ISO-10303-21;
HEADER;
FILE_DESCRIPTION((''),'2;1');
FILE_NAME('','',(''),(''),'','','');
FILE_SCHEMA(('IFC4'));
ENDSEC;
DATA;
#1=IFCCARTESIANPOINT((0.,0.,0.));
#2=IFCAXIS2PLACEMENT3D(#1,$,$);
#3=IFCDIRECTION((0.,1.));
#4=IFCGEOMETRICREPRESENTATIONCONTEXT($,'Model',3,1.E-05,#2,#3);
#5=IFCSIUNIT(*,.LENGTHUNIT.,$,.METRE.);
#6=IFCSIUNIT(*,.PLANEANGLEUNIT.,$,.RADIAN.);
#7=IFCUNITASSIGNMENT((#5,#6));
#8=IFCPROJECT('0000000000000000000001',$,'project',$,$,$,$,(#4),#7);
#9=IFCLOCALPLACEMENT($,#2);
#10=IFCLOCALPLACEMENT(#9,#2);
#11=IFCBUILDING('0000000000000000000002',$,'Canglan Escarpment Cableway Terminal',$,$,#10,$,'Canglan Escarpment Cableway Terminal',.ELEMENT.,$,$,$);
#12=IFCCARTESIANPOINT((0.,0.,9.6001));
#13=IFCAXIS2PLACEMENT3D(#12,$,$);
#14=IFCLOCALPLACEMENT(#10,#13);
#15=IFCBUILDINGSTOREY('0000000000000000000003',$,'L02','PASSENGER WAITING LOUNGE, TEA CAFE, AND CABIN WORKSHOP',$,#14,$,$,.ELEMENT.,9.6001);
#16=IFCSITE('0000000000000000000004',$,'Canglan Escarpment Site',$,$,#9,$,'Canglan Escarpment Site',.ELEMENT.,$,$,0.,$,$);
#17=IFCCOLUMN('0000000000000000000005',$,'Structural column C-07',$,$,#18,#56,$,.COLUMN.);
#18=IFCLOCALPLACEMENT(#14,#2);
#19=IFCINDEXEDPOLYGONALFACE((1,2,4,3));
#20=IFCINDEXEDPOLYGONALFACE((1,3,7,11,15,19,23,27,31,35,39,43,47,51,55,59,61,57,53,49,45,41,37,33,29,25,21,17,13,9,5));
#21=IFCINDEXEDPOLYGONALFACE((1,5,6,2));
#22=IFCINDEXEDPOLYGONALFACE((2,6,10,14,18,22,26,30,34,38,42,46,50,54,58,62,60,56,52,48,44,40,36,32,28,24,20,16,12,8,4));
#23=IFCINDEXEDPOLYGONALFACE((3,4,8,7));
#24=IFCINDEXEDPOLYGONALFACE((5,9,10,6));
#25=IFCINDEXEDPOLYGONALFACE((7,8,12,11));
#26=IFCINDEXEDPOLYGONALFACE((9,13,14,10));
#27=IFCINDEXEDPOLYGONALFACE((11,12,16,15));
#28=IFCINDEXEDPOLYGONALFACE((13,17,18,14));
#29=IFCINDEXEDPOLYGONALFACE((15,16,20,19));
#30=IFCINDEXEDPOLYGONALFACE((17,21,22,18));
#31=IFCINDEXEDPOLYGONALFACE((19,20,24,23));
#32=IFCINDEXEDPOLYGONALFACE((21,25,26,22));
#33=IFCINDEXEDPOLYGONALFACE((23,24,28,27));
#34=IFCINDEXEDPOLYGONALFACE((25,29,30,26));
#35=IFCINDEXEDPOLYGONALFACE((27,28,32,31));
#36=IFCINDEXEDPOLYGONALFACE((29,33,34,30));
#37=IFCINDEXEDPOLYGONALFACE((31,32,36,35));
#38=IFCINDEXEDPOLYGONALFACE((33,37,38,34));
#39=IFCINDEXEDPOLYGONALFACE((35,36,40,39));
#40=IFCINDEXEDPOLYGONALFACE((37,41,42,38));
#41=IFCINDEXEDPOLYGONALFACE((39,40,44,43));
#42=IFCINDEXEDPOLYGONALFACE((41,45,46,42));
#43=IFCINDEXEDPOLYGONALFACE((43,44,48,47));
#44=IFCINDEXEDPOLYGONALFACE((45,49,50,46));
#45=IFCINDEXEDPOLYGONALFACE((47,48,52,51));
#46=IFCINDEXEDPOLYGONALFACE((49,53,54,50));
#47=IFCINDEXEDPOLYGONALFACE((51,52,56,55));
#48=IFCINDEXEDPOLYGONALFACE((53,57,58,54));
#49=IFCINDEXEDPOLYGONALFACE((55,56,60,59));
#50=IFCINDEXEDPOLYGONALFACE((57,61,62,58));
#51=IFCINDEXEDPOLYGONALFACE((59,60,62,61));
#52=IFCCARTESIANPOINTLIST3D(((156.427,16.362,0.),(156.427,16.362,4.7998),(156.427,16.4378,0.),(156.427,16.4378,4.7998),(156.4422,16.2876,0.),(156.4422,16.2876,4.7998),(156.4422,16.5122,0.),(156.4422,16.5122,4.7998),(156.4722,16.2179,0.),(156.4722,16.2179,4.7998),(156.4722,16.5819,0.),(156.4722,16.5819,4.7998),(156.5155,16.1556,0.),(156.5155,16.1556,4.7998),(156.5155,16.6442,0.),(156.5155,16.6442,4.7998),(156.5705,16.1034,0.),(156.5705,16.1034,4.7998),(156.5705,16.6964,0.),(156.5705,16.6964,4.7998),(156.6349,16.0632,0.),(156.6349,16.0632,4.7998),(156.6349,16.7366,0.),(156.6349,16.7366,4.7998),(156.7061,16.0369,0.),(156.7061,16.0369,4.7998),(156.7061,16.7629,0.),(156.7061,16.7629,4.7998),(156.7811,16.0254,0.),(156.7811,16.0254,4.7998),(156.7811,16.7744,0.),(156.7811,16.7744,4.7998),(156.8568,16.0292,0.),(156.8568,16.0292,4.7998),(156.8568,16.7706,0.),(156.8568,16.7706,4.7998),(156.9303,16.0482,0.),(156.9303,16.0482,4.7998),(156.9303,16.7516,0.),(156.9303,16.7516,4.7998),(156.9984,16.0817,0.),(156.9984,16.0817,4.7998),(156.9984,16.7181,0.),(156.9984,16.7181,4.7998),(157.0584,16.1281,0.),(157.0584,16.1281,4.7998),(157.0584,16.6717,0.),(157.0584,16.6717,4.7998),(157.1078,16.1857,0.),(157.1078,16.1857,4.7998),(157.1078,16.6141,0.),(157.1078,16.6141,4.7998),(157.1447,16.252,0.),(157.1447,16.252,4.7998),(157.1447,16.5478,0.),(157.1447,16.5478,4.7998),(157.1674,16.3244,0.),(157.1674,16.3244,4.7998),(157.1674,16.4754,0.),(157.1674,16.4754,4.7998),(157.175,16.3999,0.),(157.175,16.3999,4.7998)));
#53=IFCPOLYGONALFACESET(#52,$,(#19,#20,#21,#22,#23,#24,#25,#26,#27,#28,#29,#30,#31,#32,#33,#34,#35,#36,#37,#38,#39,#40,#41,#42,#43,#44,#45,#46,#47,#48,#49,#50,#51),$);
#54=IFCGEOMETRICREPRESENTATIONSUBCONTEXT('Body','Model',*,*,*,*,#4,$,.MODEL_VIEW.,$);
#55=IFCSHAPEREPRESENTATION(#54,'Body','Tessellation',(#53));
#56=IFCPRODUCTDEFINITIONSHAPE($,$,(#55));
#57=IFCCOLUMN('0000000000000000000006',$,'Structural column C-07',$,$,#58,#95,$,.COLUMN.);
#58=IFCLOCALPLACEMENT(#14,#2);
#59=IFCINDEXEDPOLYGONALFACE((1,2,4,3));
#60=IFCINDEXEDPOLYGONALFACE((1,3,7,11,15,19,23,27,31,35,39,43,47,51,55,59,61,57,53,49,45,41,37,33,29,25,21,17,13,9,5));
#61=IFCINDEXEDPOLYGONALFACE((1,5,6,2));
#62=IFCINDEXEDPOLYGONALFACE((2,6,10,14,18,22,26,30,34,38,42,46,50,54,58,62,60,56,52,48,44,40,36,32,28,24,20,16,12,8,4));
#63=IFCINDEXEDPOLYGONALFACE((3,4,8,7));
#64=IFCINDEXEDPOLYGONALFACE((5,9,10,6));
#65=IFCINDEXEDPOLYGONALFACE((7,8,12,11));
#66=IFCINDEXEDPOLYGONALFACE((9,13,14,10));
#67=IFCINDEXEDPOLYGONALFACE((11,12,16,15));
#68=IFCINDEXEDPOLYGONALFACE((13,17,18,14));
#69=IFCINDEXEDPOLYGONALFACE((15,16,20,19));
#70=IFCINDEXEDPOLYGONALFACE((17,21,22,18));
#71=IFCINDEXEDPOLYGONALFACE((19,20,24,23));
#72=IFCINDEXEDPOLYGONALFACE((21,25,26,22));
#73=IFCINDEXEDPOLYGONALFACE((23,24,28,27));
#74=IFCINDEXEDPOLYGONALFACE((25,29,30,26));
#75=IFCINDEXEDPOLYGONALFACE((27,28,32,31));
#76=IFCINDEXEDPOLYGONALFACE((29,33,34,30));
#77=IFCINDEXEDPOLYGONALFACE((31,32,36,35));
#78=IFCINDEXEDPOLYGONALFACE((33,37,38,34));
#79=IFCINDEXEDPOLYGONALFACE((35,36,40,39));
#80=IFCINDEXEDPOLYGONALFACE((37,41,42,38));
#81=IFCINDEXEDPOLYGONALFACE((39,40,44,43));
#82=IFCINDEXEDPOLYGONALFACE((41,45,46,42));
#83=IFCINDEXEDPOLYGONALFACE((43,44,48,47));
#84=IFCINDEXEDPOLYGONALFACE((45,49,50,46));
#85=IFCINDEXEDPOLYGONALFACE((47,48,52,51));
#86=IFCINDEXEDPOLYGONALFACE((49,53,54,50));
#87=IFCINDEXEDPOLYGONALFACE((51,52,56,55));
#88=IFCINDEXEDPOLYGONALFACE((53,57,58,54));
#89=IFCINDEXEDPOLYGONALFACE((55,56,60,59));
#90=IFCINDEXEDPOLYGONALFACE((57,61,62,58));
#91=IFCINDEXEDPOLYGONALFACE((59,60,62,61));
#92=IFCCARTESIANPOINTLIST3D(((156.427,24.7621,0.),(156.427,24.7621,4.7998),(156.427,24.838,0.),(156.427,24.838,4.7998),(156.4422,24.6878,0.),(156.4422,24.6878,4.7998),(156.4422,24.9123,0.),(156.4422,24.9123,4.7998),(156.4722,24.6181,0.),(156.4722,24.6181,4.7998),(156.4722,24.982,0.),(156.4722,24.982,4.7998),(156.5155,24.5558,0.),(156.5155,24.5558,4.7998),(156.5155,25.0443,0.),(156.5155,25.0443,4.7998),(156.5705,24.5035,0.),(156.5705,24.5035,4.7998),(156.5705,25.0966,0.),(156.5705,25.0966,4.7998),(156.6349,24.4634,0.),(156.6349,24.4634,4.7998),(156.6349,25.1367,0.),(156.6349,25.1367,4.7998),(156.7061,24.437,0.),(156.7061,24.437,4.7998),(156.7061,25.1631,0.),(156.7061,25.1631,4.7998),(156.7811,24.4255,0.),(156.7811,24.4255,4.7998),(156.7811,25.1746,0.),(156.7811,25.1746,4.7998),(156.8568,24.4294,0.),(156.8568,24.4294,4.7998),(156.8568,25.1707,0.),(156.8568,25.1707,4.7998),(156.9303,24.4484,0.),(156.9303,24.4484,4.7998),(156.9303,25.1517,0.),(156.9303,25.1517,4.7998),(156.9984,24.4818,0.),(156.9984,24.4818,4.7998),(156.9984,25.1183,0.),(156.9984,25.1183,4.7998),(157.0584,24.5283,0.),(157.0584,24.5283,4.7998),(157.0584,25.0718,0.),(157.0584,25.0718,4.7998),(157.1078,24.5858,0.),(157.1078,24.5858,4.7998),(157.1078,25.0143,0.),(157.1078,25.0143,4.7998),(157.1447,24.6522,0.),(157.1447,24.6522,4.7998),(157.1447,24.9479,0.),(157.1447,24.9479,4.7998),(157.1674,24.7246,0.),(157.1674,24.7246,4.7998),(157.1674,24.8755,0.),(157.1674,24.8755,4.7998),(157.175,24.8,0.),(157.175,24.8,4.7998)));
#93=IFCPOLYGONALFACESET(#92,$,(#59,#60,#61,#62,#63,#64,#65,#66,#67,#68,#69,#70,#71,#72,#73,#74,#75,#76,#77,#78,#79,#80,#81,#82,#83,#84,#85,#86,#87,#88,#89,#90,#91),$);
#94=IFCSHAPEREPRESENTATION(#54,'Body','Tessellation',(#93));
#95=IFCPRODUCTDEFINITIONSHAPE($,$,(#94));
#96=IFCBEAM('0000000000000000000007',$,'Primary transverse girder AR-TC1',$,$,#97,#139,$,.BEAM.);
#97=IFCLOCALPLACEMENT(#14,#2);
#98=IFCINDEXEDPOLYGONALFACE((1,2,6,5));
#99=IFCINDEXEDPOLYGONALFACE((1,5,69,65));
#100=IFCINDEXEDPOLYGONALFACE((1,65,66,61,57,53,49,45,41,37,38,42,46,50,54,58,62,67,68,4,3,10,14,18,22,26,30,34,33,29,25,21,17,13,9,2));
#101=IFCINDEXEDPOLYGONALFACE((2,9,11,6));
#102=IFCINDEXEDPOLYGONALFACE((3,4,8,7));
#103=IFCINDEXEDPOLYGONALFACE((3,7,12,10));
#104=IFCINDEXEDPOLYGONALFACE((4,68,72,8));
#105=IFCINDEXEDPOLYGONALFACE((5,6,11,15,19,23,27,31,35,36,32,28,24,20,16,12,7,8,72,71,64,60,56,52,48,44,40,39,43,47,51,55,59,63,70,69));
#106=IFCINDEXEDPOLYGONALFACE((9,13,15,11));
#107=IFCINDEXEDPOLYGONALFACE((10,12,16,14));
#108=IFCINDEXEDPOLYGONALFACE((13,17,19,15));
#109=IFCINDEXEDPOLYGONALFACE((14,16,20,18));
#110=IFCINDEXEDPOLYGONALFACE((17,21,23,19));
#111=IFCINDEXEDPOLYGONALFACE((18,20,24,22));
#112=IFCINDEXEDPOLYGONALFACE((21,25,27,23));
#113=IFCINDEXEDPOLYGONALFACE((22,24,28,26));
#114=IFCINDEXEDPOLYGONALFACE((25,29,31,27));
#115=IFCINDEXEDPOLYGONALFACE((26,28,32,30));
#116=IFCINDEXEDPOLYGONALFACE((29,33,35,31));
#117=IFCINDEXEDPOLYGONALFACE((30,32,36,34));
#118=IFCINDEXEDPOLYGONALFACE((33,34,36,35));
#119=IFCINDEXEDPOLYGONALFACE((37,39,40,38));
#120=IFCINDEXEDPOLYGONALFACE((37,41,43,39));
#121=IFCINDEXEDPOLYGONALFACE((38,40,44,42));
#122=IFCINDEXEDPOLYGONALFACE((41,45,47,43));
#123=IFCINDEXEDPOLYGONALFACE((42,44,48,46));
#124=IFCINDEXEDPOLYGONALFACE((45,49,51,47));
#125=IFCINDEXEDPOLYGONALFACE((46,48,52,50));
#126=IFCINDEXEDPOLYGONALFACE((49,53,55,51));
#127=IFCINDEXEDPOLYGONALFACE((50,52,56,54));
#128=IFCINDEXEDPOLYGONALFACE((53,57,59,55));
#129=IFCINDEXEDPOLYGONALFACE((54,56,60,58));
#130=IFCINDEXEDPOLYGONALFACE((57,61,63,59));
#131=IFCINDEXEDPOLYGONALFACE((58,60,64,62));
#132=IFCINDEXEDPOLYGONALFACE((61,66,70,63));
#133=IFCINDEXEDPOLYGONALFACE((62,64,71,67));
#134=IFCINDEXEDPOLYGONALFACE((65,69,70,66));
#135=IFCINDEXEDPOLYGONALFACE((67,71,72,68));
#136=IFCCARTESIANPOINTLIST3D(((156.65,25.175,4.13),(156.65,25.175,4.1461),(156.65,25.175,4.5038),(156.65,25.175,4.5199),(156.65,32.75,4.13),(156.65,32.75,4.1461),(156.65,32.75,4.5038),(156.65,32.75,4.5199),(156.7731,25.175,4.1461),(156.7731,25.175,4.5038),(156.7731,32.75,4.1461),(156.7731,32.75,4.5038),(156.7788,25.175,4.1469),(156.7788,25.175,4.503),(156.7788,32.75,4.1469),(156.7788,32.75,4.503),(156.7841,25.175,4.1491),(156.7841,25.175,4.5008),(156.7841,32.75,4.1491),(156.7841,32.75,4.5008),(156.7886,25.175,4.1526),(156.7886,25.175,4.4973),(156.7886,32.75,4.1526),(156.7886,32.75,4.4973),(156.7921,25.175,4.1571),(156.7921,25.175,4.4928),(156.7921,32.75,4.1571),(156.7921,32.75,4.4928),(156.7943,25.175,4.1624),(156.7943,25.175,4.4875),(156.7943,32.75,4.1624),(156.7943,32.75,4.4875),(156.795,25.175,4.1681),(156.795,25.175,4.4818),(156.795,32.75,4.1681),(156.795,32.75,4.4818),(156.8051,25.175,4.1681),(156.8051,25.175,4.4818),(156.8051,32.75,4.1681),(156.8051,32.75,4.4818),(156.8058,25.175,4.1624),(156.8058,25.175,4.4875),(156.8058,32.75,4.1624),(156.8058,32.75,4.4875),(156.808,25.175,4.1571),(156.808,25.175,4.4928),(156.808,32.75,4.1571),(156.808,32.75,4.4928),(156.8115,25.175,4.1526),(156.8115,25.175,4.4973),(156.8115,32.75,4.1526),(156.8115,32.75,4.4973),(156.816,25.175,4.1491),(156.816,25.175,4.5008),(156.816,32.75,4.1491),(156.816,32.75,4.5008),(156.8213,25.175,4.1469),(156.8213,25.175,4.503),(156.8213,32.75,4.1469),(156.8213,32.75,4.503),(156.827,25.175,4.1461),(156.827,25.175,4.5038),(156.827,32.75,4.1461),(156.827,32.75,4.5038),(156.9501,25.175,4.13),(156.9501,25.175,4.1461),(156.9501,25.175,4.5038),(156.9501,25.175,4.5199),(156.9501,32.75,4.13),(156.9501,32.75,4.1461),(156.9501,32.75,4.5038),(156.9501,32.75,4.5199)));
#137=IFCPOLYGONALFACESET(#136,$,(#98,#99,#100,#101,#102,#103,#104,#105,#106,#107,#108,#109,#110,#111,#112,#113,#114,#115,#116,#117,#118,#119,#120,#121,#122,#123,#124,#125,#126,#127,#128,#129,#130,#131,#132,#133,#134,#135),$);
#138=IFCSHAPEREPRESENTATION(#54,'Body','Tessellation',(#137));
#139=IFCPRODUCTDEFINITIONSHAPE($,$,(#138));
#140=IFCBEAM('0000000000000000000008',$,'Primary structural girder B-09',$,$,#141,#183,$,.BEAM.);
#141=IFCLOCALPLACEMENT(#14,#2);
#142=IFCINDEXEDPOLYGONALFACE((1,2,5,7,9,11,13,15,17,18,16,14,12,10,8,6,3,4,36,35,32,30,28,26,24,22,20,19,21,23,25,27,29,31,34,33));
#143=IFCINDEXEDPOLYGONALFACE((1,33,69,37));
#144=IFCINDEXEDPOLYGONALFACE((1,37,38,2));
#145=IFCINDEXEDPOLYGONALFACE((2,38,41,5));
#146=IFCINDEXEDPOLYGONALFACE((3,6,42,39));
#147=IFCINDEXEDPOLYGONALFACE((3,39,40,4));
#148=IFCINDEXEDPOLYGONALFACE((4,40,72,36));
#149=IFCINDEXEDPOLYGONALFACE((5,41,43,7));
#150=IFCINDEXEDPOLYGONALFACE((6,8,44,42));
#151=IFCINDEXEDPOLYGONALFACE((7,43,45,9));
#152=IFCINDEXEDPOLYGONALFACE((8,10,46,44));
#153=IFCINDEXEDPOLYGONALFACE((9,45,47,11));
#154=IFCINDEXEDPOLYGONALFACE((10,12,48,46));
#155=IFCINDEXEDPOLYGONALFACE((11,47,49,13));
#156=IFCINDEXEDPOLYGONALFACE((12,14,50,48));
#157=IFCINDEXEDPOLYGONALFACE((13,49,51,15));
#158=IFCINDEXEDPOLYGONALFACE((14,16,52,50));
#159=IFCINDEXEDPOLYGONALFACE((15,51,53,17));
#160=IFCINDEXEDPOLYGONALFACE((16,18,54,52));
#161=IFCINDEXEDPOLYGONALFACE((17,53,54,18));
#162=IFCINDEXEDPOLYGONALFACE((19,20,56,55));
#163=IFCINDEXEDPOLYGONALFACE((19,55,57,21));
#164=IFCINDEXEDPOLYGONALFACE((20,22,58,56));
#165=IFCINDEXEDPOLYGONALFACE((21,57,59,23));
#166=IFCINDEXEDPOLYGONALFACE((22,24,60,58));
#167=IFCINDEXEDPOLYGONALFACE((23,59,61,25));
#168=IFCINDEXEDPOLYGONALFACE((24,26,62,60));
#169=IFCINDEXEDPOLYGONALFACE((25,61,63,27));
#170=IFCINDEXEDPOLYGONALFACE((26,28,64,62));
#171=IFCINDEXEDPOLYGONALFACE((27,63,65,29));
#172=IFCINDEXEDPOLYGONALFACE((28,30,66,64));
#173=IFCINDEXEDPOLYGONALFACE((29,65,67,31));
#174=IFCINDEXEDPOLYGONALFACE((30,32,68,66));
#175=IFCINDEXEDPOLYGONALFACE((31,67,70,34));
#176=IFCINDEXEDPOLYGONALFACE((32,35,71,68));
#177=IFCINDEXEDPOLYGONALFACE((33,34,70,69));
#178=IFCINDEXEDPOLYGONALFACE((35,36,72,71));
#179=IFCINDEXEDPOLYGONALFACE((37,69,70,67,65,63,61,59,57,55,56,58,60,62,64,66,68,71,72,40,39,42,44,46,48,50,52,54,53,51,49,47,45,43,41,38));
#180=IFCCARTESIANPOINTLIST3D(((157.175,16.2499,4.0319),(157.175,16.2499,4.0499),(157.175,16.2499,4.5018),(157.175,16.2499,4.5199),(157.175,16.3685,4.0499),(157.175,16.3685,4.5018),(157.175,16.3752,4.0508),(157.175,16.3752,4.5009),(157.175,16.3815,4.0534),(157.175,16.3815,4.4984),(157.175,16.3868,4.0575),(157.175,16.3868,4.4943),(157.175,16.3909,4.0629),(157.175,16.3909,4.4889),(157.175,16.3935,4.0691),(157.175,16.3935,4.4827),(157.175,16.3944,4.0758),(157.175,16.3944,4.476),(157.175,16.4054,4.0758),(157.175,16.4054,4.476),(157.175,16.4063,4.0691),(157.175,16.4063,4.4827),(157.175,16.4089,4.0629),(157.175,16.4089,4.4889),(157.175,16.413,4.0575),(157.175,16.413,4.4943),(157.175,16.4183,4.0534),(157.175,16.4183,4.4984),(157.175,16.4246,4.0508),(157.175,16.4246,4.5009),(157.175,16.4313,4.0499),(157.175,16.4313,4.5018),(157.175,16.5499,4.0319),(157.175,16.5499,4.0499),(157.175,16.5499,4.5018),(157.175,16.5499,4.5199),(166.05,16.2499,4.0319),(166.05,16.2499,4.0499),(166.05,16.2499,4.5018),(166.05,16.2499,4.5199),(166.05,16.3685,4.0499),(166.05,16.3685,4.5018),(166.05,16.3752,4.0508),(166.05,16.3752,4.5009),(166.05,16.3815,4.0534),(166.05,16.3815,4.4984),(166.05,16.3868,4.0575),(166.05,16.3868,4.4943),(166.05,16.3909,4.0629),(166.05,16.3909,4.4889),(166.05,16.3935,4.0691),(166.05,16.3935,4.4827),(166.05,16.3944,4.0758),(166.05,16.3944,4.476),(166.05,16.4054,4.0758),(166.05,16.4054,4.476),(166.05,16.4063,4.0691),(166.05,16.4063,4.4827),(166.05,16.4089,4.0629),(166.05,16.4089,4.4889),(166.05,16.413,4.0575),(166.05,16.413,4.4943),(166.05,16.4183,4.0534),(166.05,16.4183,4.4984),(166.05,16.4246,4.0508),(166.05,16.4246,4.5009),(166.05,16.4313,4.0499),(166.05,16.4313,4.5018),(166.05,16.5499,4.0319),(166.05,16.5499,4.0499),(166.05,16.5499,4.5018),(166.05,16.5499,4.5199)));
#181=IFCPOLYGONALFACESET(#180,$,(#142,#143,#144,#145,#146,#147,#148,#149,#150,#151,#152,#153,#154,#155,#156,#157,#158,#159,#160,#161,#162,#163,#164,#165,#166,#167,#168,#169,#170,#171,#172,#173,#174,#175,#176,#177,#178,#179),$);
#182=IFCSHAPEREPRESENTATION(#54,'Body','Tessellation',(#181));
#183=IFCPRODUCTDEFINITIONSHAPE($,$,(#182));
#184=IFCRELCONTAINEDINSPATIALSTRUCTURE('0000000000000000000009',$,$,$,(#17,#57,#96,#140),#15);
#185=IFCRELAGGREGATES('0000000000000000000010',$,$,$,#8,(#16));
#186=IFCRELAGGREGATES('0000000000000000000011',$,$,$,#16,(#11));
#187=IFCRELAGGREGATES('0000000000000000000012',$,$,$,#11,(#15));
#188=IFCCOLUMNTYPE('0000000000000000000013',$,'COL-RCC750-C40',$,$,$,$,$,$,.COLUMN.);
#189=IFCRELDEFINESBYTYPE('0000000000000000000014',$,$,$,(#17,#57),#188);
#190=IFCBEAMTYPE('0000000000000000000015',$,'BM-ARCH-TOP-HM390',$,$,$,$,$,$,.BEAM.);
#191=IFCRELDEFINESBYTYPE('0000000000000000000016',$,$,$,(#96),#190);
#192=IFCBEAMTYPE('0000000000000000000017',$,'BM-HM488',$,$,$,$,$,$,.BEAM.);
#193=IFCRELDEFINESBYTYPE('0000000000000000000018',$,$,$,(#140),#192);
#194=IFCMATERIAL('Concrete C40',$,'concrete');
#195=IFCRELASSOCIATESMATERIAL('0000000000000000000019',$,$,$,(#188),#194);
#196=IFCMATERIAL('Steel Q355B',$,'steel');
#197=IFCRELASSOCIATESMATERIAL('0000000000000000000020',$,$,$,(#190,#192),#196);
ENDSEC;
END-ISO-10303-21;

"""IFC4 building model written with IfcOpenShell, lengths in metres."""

from ifc_helpers import new_model, si_unit, direction, frame, origin, origin_2d, place, context, subcontext, project, spatial, circle, i_section, extrude, material, material_profile, profile_set, type_object, element, save


model = new_model("IFC4")

# Units and contexts
model_context = context("Model", 3, precision=1e-05, world=origin(), true_north=direction((0.0, 1.0)))
body_context = subcontext(model_context, "Body", "Model", "MODEL_VIEW")
ifc_project = project(units=[si_unit("LENGTHUNIT", "METRE"), si_unit("PLANEANGLEUNIT", "RADIAN")], contexts=[model_context])

# Site, building, storey
site_placement = place(None, origin())
site = spatial("IfcSite", under=ifc_project, at=site_placement, Name="Canglan Escarpment Site", LongName="Canglan Escarpment Site", CompositionType="ELEMENT", RefElevation=0.0)
building_placement = place(site_placement, origin())
building = spatial("IfcBuilding", under=site, at=building_placement, Name="Canglan Escarpment Cableway Terminal", LongName="Canglan Escarpment Cableway Terminal", CompositionType="ELEMENT")
storey_placement = place(building_placement, frame((0.0, 0.0, 9.6001)))
storey = spatial("IfcBuildingStorey", under=building, at=storey_placement, Name="L02", Description="PASSENGER WAITING LOUNGE, TEA CAFE, AND CABIN WORKSHOP", CompositionType="ELEMENT", Elevation=9.6001)

# Columns
ifc_material_1 = material(Name="Concrete C40", Category="concrete")
ifc_material_profile_1 = material_profile(ifc_material_1, circle(Radius=0.375, at=origin_2d()), Name="RC-CIRC D750")
ifc_profile_set_1 = profile_set([ifc_material_profile_1], Name="Concrete C40")
column_type = type_object("IfcColumnType", Name="COL-RCC750-C40", PredefinedType="COLUMN", material=ifc_profile_set_1)
for number, where, z_axis, x_axis, name in (
    (1, (156.8, 16.3999, 0.0), (0.0, 0.0, 1.0), (1.0, 0.0, 0.0), "Structural column C-07"),
    (2, (156.8, 24.8, 0.0), (0.0, 0.0, 1.0), (1.0, 0.0, 0.0), "Structural column C-07"),
):
    element("IfcColumn", number, at=place(storey_placement, frame(where, z_axis=z_axis, x_axis=x_axis)), inside=storey, type_object=column_type, Name=name, PredefinedType="COLUMN", context=body_context, shape_type="SweptSolid", body=[
        extrude(circle(Radius=0.375, at=origin_2d()), origin(), (0.0, 0.0, 1.0), 4.7998),
    ])

# Beams
ifc_material_2 = material(Name="Steel Q355B", Category="steel")
ifc_material_profile_2 = material_profile(ifc_material_2, i_section(OverallWidth=0.3, OverallDepth=0.3899, WebThickness=0.01, FlangeThickness=0.0161, FilletRadius=0.022, at=origin_2d()), Name="HM 390x300x10x16")
ifc_profile_set_2 = profile_set([ifc_material_profile_2], Name="Steel Q355B")
beam_type_1 = type_object("IfcBeamType", Name="BM-ARCH-TOP-HM390", PredefinedType="BEAM", material=ifc_profile_set_2)
beam_placement = place(storey_placement, frame((156.8, 25.175, 4.325), z_axis=(0.0, 1.0, 0.0), x_axis=(-1.0, 0.0, 0.0)))
element("IfcBeam", 3, at=beam_placement, inside=storey, type_object=beam_type_1, Name="Primary transverse girder AR-TC1", PredefinedType="BEAM", context=body_context, shape_type="SweptSolid", body=[
    extrude(i_section(OverallWidth=0.3, OverallDepth=0.3899, WebThickness=0.01, FlangeThickness=0.0161, FilletRadius=0.022, at=origin_2d()), origin(), (0.0, 0.0, 1.0), 7.575),
])
ifc_material_profile_3 = material_profile(ifc_material_2, i_section(OverallWidth=0.3, OverallDepth=0.488, WebThickness=0.011, FlangeThickness=0.0181, FilletRadius=0.0259, at=origin_2d()), Name="HM 488x300x11x18")
ifc_profile_set_3 = profile_set([ifc_material_profile_3], Name="Steel Q355B")
beam_type_2 = type_object("IfcBeamType", Name="BM-HM488", PredefinedType="BEAM", material=ifc_profile_set_3)
for number, where, z_axis, x_axis, name in (
    (4, (157.175, 16.3999, 4.2759), (1.0, 0.0, 0.0), (0.0, 1.0, 0.0), "Primary structural girder B-09"),
):
    element("IfcBeam", number, at=place(storey_placement, frame(where, z_axis=z_axis, x_axis=x_axis)), inside=storey, type_object=beam_type_2, Name=name, PredefinedType="BEAM", context=body_context, shape_type="SweptSolid", body=[
        extrude(i_section(OverallWidth=0.3, OverallDepth=0.488, WebThickness=0.011, FlangeThickness=0.0181, FilletRadius=0.0259, at=origin_2d()), origin(), (0.0, 0.0, 1.0), 8.875),
    ])

save(model, "model.ifc")
